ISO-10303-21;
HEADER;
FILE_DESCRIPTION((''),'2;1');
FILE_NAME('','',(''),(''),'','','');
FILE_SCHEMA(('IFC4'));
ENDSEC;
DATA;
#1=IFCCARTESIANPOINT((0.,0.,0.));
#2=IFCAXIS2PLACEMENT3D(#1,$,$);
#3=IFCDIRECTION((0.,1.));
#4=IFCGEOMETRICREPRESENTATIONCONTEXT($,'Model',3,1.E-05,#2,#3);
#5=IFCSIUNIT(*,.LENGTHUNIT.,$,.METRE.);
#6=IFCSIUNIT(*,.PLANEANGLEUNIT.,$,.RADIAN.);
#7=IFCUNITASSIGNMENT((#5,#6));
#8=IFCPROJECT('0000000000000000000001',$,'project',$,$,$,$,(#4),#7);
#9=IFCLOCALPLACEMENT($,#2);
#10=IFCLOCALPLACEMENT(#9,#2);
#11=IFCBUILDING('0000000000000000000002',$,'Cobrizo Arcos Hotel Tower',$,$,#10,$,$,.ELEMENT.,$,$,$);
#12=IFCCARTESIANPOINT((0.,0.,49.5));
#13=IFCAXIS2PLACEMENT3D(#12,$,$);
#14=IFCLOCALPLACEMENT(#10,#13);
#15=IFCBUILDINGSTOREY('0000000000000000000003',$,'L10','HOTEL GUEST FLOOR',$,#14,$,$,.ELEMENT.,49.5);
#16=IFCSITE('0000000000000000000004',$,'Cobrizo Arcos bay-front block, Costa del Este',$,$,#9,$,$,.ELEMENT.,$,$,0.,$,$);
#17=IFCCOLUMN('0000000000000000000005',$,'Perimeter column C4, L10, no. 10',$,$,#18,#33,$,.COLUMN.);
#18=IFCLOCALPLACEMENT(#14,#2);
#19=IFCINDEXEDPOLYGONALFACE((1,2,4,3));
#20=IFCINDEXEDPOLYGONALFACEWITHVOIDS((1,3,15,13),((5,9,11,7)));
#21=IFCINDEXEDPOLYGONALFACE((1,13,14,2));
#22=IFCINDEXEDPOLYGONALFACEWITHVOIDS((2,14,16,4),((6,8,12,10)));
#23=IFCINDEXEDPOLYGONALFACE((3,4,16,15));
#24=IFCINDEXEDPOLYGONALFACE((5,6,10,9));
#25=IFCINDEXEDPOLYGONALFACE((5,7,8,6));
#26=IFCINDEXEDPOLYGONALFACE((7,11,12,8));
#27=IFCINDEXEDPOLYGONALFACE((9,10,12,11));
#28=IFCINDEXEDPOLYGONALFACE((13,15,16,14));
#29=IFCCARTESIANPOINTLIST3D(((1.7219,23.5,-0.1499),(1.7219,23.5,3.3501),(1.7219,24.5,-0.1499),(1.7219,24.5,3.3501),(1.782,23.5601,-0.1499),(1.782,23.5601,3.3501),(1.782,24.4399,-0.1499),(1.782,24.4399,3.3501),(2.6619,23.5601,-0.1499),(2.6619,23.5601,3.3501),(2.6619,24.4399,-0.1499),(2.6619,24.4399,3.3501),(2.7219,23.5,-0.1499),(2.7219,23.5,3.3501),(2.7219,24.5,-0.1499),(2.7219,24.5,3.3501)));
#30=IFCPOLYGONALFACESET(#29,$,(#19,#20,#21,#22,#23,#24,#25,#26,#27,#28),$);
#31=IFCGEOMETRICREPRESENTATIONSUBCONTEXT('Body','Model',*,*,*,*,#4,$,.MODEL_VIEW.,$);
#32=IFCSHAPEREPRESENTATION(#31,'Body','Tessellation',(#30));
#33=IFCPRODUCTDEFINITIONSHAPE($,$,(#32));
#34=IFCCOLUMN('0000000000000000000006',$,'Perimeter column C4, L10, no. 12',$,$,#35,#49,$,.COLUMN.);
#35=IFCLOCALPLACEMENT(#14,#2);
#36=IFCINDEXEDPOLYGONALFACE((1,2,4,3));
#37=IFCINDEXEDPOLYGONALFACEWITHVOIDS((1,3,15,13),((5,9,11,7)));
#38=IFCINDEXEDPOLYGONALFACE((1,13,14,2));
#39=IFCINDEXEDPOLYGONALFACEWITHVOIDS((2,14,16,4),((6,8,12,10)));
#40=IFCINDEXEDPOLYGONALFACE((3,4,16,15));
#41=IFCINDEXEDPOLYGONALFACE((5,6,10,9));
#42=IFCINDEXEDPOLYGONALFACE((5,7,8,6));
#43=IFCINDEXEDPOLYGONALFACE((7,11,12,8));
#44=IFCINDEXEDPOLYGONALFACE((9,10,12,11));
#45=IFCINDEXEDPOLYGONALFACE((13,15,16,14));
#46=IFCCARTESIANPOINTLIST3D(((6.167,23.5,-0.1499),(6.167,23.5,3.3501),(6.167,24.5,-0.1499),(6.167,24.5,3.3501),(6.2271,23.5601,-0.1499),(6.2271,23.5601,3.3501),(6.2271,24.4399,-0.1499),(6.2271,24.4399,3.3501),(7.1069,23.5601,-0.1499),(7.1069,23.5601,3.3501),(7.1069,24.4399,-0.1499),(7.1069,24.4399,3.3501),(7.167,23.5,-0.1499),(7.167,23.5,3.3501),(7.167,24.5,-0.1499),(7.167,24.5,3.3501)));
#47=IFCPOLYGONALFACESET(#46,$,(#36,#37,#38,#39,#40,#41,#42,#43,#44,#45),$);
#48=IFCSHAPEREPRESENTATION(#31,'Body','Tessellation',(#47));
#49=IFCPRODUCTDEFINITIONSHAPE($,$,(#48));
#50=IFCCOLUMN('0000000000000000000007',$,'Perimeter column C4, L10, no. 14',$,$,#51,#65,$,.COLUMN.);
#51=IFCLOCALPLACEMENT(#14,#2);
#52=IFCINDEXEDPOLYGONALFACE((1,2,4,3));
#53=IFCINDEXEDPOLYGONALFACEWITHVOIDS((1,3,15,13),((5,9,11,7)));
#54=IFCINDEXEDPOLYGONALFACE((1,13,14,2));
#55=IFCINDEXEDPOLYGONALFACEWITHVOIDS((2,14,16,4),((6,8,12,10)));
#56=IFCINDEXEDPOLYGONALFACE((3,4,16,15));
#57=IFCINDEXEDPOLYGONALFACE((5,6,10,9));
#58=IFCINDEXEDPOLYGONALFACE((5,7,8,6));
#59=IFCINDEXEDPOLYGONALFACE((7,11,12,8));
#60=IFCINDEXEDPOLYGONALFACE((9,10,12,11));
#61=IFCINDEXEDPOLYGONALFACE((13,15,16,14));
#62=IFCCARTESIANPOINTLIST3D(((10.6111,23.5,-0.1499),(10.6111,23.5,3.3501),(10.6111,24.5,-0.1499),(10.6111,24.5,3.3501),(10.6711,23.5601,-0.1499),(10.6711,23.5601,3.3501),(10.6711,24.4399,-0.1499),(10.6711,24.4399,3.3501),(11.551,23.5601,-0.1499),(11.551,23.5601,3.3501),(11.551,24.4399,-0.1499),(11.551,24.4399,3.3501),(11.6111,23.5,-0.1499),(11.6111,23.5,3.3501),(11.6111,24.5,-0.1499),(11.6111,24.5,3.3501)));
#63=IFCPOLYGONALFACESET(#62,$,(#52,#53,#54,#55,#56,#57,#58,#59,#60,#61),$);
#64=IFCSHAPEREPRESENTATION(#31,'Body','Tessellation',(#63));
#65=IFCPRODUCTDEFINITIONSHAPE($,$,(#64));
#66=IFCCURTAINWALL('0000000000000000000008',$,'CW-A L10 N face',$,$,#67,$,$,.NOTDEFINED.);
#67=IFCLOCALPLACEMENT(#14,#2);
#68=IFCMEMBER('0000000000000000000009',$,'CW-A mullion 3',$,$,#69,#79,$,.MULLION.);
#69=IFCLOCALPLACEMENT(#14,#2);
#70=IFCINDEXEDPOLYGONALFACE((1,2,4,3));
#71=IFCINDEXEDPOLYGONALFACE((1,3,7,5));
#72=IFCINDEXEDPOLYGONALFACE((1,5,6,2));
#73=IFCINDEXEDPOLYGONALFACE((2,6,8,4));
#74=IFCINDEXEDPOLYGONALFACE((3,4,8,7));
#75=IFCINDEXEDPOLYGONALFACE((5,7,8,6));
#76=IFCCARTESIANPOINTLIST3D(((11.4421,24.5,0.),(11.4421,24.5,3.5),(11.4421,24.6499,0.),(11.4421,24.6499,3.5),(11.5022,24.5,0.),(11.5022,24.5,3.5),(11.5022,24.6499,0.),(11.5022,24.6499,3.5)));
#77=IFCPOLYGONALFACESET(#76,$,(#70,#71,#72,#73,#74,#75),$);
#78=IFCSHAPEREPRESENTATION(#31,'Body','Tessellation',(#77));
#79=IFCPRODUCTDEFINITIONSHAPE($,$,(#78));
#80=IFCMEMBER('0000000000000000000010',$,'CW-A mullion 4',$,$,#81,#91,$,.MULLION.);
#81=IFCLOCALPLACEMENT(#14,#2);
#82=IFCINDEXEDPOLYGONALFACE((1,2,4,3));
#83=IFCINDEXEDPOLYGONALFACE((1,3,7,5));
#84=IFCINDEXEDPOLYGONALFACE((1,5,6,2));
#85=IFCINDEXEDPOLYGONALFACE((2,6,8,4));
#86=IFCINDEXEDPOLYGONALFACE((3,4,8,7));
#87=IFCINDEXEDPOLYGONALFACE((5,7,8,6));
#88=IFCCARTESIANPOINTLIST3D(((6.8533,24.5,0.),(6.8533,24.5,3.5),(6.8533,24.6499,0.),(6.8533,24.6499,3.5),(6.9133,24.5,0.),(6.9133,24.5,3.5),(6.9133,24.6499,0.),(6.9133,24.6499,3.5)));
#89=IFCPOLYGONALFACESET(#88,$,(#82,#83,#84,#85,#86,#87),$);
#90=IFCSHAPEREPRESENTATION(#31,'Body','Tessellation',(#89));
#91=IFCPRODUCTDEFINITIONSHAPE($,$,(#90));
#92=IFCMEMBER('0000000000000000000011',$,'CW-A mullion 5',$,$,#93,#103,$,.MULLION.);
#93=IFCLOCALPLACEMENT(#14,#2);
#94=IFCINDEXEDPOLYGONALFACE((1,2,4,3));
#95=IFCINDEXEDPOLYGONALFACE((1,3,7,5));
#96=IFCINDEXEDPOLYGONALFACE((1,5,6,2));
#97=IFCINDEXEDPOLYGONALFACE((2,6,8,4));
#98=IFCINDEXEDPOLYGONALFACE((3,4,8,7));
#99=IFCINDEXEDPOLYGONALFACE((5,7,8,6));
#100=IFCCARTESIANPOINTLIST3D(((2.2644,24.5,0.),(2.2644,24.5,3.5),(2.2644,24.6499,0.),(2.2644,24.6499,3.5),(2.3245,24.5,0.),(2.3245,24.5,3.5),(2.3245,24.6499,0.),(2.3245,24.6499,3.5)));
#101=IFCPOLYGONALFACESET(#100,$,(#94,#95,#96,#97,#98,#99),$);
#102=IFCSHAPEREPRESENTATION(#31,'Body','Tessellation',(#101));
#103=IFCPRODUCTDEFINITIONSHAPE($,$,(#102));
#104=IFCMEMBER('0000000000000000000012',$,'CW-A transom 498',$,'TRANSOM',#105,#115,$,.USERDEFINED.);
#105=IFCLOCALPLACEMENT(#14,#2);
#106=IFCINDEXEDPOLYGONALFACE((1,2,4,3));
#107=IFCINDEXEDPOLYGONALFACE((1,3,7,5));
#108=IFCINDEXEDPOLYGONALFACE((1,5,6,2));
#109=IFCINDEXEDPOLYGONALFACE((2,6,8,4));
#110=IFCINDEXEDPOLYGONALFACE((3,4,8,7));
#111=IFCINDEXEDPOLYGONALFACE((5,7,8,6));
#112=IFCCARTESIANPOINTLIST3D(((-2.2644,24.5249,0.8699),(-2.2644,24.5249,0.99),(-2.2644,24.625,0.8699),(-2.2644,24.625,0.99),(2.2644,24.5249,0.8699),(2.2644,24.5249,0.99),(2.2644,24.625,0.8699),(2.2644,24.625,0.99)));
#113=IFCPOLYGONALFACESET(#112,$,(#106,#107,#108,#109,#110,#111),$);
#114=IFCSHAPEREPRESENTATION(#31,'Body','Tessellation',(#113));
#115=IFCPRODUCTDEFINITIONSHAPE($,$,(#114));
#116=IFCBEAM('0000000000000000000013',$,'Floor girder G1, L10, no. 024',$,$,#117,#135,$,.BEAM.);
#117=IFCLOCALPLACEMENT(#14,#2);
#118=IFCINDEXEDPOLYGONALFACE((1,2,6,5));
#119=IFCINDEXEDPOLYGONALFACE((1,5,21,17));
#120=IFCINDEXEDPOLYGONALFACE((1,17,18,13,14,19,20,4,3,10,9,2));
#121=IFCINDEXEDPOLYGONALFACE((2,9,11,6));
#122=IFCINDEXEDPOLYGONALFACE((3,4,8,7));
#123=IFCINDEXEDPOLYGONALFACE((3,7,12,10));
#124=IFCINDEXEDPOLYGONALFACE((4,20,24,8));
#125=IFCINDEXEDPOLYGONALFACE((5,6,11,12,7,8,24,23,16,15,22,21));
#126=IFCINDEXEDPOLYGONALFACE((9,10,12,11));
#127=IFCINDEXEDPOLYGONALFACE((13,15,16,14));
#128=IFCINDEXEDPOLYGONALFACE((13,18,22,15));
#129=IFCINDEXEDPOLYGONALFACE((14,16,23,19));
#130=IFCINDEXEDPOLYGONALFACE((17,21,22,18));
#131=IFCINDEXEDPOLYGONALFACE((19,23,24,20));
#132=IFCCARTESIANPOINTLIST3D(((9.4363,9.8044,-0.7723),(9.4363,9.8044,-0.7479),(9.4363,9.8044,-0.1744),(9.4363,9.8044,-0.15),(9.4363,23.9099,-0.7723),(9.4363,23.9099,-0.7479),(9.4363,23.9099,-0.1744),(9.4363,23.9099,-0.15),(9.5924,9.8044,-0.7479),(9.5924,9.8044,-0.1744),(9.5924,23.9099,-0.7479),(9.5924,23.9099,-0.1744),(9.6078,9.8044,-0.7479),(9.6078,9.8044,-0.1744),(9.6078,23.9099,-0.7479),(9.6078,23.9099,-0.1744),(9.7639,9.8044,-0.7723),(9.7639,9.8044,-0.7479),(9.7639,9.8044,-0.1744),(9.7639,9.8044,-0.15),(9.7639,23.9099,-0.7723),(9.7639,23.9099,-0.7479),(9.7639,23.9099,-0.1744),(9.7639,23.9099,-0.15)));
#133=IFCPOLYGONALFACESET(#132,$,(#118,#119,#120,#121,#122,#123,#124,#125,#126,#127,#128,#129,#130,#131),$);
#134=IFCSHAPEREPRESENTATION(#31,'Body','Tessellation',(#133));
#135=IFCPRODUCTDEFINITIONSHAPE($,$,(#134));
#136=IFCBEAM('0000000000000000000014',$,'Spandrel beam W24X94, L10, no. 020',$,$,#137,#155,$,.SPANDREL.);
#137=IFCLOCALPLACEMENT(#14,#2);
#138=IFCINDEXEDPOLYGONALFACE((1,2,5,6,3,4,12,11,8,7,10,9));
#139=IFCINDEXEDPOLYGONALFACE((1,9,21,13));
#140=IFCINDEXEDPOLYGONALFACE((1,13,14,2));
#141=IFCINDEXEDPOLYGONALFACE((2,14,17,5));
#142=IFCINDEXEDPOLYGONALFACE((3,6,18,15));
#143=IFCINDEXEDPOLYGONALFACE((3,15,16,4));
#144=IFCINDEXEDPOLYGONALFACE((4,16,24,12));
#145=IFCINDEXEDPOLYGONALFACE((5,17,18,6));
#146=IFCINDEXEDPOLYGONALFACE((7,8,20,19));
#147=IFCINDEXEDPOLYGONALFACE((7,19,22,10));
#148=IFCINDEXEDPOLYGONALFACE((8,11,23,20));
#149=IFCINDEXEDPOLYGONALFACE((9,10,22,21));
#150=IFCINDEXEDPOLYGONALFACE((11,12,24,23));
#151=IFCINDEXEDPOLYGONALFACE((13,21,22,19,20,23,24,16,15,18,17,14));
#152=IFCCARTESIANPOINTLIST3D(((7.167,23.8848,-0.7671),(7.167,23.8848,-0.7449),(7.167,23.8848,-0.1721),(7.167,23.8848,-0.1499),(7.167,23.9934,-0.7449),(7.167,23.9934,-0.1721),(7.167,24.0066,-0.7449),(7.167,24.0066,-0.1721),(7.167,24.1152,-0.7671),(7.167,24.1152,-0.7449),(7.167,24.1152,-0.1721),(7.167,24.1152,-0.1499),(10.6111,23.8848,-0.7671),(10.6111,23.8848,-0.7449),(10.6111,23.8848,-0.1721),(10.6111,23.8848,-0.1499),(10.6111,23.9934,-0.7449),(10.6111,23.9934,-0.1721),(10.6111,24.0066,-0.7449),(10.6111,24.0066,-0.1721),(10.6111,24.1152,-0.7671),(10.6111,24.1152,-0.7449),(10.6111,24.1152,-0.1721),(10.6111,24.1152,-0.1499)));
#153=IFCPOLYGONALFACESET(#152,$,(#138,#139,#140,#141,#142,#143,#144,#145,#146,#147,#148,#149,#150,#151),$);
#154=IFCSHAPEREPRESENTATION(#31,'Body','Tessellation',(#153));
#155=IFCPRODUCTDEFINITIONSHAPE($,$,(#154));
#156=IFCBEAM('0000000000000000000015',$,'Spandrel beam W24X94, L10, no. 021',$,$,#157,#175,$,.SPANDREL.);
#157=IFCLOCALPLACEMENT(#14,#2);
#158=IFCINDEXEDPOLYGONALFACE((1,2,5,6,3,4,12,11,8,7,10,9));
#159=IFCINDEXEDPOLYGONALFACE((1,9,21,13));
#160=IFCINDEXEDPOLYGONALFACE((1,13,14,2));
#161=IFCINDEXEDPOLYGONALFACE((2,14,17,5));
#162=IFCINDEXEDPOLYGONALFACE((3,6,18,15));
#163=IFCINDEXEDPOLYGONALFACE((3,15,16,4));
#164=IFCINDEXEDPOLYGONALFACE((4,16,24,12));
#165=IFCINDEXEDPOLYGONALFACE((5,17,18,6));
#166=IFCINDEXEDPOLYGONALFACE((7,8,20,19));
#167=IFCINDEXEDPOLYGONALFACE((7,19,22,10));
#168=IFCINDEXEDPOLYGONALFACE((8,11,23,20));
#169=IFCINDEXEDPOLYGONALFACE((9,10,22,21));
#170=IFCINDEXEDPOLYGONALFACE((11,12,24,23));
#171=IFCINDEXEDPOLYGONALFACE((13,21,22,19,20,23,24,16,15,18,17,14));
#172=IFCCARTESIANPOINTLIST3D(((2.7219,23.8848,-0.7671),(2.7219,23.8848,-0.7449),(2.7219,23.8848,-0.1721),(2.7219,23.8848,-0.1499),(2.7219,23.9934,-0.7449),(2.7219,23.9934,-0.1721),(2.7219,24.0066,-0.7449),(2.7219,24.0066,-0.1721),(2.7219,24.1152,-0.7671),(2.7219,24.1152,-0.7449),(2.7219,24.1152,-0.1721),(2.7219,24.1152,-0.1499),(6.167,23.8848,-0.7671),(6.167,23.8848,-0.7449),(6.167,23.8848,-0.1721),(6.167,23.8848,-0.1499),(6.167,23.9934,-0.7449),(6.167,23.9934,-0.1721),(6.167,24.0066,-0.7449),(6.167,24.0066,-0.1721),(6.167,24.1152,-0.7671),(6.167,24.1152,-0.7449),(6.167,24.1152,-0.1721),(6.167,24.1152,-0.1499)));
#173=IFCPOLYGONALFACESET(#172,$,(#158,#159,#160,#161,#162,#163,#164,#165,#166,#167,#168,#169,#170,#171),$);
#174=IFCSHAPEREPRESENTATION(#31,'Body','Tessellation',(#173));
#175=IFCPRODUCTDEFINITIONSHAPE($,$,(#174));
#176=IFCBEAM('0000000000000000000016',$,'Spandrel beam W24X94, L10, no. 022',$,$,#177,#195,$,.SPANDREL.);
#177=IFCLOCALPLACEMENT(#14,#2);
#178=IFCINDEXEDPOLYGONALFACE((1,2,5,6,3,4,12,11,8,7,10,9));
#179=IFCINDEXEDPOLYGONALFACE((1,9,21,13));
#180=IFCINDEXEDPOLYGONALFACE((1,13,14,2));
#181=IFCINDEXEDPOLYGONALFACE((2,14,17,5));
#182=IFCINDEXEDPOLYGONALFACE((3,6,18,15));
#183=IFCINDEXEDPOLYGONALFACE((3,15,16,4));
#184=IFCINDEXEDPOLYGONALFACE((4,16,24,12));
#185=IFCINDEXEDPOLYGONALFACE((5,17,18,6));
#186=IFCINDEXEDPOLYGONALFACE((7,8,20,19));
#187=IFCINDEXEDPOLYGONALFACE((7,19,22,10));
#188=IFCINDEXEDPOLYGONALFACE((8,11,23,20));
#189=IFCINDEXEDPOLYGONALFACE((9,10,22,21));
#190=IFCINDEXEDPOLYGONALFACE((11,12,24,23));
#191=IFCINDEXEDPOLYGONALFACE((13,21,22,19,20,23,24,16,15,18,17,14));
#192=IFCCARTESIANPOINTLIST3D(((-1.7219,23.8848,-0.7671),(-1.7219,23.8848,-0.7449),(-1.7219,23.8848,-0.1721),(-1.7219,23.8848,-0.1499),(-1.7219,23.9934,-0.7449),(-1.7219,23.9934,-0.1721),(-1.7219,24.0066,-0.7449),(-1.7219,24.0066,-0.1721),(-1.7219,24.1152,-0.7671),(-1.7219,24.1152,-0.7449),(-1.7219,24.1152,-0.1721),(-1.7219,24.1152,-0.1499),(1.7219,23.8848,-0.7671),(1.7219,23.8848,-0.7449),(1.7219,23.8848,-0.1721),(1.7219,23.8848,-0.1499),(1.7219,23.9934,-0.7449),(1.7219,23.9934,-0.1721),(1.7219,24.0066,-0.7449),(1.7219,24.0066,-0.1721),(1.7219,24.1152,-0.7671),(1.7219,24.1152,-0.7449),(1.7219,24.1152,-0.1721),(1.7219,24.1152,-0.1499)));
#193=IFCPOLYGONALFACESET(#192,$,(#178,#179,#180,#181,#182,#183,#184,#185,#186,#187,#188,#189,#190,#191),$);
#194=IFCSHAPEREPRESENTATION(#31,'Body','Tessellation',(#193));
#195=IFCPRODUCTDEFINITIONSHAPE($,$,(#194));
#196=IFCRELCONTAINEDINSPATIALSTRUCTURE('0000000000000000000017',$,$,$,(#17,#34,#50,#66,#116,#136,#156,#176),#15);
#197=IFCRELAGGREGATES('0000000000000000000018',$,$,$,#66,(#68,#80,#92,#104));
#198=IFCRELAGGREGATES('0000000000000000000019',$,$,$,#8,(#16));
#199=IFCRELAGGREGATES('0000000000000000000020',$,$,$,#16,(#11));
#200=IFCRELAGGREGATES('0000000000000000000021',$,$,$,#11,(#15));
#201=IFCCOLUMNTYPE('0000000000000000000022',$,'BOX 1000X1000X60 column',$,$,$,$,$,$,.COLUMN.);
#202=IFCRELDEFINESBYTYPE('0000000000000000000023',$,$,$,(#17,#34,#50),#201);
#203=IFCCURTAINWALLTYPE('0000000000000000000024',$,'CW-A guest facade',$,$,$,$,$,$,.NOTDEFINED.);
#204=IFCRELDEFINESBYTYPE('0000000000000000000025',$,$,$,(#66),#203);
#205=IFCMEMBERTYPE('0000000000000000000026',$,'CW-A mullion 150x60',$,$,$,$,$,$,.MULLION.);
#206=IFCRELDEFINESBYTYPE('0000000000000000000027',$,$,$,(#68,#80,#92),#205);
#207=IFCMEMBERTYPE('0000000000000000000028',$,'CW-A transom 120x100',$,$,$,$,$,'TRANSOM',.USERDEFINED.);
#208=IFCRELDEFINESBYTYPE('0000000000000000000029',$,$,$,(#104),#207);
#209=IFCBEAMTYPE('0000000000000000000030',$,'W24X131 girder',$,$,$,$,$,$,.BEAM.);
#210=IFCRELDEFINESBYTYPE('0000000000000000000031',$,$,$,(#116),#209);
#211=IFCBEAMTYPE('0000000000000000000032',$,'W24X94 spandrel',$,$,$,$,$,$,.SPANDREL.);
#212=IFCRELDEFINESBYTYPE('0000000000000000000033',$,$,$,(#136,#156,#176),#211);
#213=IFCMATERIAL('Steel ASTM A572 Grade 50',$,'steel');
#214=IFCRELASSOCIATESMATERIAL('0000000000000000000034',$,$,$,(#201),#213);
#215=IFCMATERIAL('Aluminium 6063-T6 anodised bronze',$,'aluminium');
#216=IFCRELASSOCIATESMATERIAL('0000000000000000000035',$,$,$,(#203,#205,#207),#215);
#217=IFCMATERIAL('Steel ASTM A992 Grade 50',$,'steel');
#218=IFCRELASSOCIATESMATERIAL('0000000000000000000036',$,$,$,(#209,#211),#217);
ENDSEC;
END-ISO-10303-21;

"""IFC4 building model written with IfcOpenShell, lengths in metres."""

from ifc_helpers import new_model, si_unit, direction, frame, origin, origin_2d, place, context, subcontext, project, spatial, rectangle, hollow_rectangle, i_section, extrude, material, material_profile, profile_set, type_object, element, aggregate, save


model = new_model("IFC4")

# Units and contexts
model_context = context("Model", 3, precision=1e-05, world=origin(), true_north=direction((0.0, 1.0)))
body_context = subcontext(model_context, "Body", "Model", "MODEL_VIEW")
ifc_project = project(units=[si_unit("LENGTHUNIT", "METRE"), si_unit("PLANEANGLEUNIT", "RADIAN")], contexts=[model_context])

# Site, building, storey
site_placement = place(None, origin())
site = spatial("IfcSite", under=ifc_project, at=site_placement, Name="Cobrizo Arcos bay-front block, Costa del Este", CompositionType="ELEMENT", RefElevation=0.0)
building_placement = place(site_placement, origin())
building = spatial("IfcBuilding", under=site, at=building_placement, Name="Cobrizo Arcos Hotel Tower", CompositionType="ELEMENT")
storey_placement = place(building_placement, frame((0.0, 0.0, 49.5)))
storey = spatial("IfcBuildingStorey", under=building, at=storey_placement, Name="L10", Description="HOTEL GUEST FLOOR", CompositionType="ELEMENT", Elevation=49.5)

# Columns
ifc_material_1 = material(Name="Steel ASTM A572 Grade 50", Category="steel")
ifc_material_profile_1 = material_profile(ifc_material_1, hollow_rectangle(XDim=1.0, YDim=1.0, WallThickness=0.0601, at=origin_2d()), Name="BOX 1000X1000X60")
ifc_profile_set_1 = profile_set([ifc_material_profile_1], Name="Steel ASTM A572 Grade 50")
column_type = type_object("IfcColumnType", Name="BOX 1000X1000X60 column", PredefinedType="COLUMN", material=ifc_profile_set_1)
for number, where, z_axis, x_axis, name in (
    (1, (2.2219, 24.0, -0.1499), (0.0, 0.0, 1.0), (1.0, 0.0, 0.0), "Perimeter column C4, L10, no. 10"),
    (2, (6.667, 24.0, -0.1499), (0.0, 0.0, 1.0), (1.0, 0.0, 0.0), "Perimeter column C4, L10, no. 12"),
    (3, (11.1111, 24.0, -0.1499), (0.0, 0.0, 1.0), (1.0, 0.0, 0.0), "Perimeter column C4, L10, no. 14"),
):
    element("IfcColumn", number, at=place(storey_placement, frame(where, z_axis=z_axis, x_axis=x_axis)), inside=storey, type_object=column_type, Name=name, PredefinedType="COLUMN", context=body_context, shape_type="SweptSolid", body=[
        extrude(hollow_rectangle(XDim=1.0, YDim=1.0, WallThickness=0.0601, at=origin_2d()), origin(), (0.0, 0.0, 1.0), 3.5),
    ])

# Curtain wall, members
ifc_material_2 = material(Name="Aluminium 6063-T6 anodised bronze", Category="aluminium")
curtain_wall_type = type_object("IfcCurtainWallType", Name="CW-A guest facade", PredefinedType="NOTDEFINED", material=ifc_material_2)
curtain_wall_placement = place(storey_placement, origin())
curtain_wall = element("IfcCurtainWall", 4, at=curtain_wall_placement, inside=storey, type_object=curtain_wall_type, Name="CW-A L10 N face", PredefinedType="NOTDEFINED")
ifc_material_profile_2 = material_profile(ifc_material_2, rectangle(XDim=0.1499, YDim=0.0601, at=origin_2d()), Name="CW-A mullion 150x60")
ifc_profile_set_2 = profile_set([ifc_material_profile_2], Name="Aluminium 6063-T6 anodised bronze")
member_type_1 = type_object("IfcMemberType", Name="CW-A mullion 150x60", PredefinedType="MULLION", material=ifc_profile_set_2)
member_1_placement = place(storey_placement, frame((11.4722, 24.575, 0.0), z_axis=(0.0, 0.0, 1.0), x_axis=(0.0, 1.0, 0.0)))
member_1 = element("IfcMember", 5, at=member_1_placement, type_object=member_type_1, Name="CW-A mullion 3", PredefinedType="MULLION", context=body_context, shape_type="SweptSolid", body=[
    extrude(rectangle(XDim=0.1499, YDim=0.0601, at=origin_2d()), origin(), (0.0, 0.0, 1.0), 3.5),
])
member_2_placement = place(storey_placement, frame((6.8833, 24.575, 0.0), z_axis=(0.0, 0.0, 1.0), x_axis=(0.0, 1.0, 0.0)))
member_2 = element("IfcMember", 6, at=member_2_placement, type_object=member_type_1, Name="CW-A mullion 4", PredefinedType="MULLION", context=body_context, shape_type="SweptSolid", body=[
    extrude(rectangle(XDim=0.1499, YDim=0.0601, at=origin_2d()), origin(), (0.0, 0.0, 1.0), 3.5),
])
member_3_placement = place(storey_placement, frame((2.2944, 24.575, 0.0), z_axis=(0.0, 0.0, 1.0), x_axis=(0.0, 1.0, 0.0)))
member_3 = element("IfcMember", 7, at=member_3_placement, type_object=member_type_1, Name="CW-A mullion 5", PredefinedType="MULLION", context=body_context, shape_type="SweptSolid", body=[
    extrude(rectangle(XDim=0.1499, YDim=0.0601, at=origin_2d()), origin(), (0.0, 0.0, 1.0), 3.5),
])
ifc_material_profile_3 = material_profile(ifc_material_2, rectangle(XDim=0.1001, YDim=0.1201, at=origin_2d()), Name="CW-A transom 120x100")
ifc_profile_set_3 = profile_set([ifc_material_profile_3], Name="Aluminium 6063-T6 anodised bronze")
member_type_2 = type_object("IfcMemberType", Name="CW-A transom 120x100", ElementType="TRANSOM", PredefinedType="USERDEFINED", material=ifc_profile_set_3)
member_4_placement = place(storey_placement, frame((2.2644, 24.575, 0.9299), z_axis=(-1.0, 0.0, 0.0), x_axis=(0.0, -1.0, 0.0)))
member_4 = element("IfcMember", 8, at=member_4_placement, type_object=member_type_2, Name="CW-A transom 498", ObjectType="TRANSOM", PredefinedType="USERDEFINED", context=body_context, shape_type="SweptSolid", body=[
    extrude(rectangle(XDim=0.1001, YDim=0.1201, at=origin_2d()), origin(), (0.0, 0.0, 1.0), 4.5288),
])

# Beams
ifc_material_3 = material(Name="Steel ASTM A992 Grade 50", Category="steel")
ifc_material_profile_4 = material_profile(ifc_material_3, i_section(OverallWidth=0.3276, OverallDepth=0.6223, WebThickness=0.0154, FlangeThickness=0.0244, at=origin_2d()), Name="W24X131")
ifc_profile_set_4 = profile_set([ifc_material_profile_4], Name="Steel ASTM A992 Grade 50")
beam_type_1 = type_object("IfcBeamType", Name="W24X131 girder", PredefinedType="BEAM", material=ifc_profile_set_4)
beam_1_placement = place(storey_placement, frame((9.6001, 9.8044, -0.4612), z_axis=(0.0, 1.0, 0.0), x_axis=(-1.0, 0.0, 0.0)))
element("IfcBeam", 9, at=beam_1_placement, inside=storey, type_object=beam_type_1, Name="Floor girder G1, L10, no. 024", PredefinedType="BEAM", context=body_context, shape_type="SweptSolid", body=[
    extrude(i_section(OverallWidth=0.3276, OverallDepth=0.6223, WebThickness=0.0154, FlangeThickness=0.0244, at=origin_2d()), origin(), (0.0, 0.0, 1.0), 14.1055),
])
ifc_material_profile_5 = material_profile(ifc_material_3, i_section(OverallWidth=0.2305, OverallDepth=0.6172, WebThickness=0.0132, FlangeThickness=0.0222, at=origin_2d()), Name="W24X94")
ifc_profile_set_5 = profile_set([ifc_material_profile_5], Name="Steel ASTM A992 Grade 50")
beam_type_2 = type_object("IfcBeamType", Name="W24X94 spandrel", PredefinedType="SPANDREL", material=ifc_profile_set_5)
beam_2_placement = place(storey_placement, frame((10.6111, 24.0, -0.4585), z_axis=(-1.0, 0.0, 0.0), x_axis=(0.0, -1.0, 0.0)))
element("IfcBeam", 10, at=beam_2_placement, inside=storey, type_object=beam_type_2, Name="Spandrel beam W24X94, L10, no. 020", PredefinedType="SPANDREL", context=body_context, shape_type="SweptSolid", body=[
    extrude(i_section(OverallWidth=0.2305, OverallDepth=0.6172, WebThickness=0.0132, FlangeThickness=0.0222, at=origin_2d()), origin(), (0.0, 0.0, 1.0), 3.4441),
])
beam_3_placement = place(storey_placement, frame((6.167, 24.0, -0.4585), z_axis=(-1.0, 0.0, 0.0), x_axis=(0.0, -1.0, 0.0)))
element("IfcBeam", 11, at=beam_3_placement, inside=storey, type_object=beam_type_2, Name="Spandrel beam W24X94, L10, no. 021", PredefinedType="SPANDREL", context=body_context, shape_type="SweptSolid", body=[
    extrude(i_section(OverallWidth=0.2305, OverallDepth=0.6172, WebThickness=0.0132, FlangeThickness=0.0222, at=origin_2d()), origin(), (0.0, 0.0, 1.0), 3.4451),
])
beam_4_placement = place(storey_placement, frame((1.7219, 24.0, -0.4585), z_axis=(-1.0, 0.0, 0.0), x_axis=(0.0, -1.0, 0.0)))
element("IfcBeam", 12, at=beam_4_placement, inside=storey, type_object=beam_type_2, Name="Spandrel beam W24X94, L10, no. 022", PredefinedType="SPANDREL", context=body_context, shape_type="SweptSolid", body=[
    extrude(i_section(OverallWidth=0.2305, OverallDepth=0.6172, WebThickness=0.0132, FlangeThickness=0.0222, at=origin_2d()), origin(), (0.0, 0.0, 1.0), 3.4438),
])

aggregate(curtain_wall, [member_1, member_2, member_3, member_4])

save(model, "model.ifc")
